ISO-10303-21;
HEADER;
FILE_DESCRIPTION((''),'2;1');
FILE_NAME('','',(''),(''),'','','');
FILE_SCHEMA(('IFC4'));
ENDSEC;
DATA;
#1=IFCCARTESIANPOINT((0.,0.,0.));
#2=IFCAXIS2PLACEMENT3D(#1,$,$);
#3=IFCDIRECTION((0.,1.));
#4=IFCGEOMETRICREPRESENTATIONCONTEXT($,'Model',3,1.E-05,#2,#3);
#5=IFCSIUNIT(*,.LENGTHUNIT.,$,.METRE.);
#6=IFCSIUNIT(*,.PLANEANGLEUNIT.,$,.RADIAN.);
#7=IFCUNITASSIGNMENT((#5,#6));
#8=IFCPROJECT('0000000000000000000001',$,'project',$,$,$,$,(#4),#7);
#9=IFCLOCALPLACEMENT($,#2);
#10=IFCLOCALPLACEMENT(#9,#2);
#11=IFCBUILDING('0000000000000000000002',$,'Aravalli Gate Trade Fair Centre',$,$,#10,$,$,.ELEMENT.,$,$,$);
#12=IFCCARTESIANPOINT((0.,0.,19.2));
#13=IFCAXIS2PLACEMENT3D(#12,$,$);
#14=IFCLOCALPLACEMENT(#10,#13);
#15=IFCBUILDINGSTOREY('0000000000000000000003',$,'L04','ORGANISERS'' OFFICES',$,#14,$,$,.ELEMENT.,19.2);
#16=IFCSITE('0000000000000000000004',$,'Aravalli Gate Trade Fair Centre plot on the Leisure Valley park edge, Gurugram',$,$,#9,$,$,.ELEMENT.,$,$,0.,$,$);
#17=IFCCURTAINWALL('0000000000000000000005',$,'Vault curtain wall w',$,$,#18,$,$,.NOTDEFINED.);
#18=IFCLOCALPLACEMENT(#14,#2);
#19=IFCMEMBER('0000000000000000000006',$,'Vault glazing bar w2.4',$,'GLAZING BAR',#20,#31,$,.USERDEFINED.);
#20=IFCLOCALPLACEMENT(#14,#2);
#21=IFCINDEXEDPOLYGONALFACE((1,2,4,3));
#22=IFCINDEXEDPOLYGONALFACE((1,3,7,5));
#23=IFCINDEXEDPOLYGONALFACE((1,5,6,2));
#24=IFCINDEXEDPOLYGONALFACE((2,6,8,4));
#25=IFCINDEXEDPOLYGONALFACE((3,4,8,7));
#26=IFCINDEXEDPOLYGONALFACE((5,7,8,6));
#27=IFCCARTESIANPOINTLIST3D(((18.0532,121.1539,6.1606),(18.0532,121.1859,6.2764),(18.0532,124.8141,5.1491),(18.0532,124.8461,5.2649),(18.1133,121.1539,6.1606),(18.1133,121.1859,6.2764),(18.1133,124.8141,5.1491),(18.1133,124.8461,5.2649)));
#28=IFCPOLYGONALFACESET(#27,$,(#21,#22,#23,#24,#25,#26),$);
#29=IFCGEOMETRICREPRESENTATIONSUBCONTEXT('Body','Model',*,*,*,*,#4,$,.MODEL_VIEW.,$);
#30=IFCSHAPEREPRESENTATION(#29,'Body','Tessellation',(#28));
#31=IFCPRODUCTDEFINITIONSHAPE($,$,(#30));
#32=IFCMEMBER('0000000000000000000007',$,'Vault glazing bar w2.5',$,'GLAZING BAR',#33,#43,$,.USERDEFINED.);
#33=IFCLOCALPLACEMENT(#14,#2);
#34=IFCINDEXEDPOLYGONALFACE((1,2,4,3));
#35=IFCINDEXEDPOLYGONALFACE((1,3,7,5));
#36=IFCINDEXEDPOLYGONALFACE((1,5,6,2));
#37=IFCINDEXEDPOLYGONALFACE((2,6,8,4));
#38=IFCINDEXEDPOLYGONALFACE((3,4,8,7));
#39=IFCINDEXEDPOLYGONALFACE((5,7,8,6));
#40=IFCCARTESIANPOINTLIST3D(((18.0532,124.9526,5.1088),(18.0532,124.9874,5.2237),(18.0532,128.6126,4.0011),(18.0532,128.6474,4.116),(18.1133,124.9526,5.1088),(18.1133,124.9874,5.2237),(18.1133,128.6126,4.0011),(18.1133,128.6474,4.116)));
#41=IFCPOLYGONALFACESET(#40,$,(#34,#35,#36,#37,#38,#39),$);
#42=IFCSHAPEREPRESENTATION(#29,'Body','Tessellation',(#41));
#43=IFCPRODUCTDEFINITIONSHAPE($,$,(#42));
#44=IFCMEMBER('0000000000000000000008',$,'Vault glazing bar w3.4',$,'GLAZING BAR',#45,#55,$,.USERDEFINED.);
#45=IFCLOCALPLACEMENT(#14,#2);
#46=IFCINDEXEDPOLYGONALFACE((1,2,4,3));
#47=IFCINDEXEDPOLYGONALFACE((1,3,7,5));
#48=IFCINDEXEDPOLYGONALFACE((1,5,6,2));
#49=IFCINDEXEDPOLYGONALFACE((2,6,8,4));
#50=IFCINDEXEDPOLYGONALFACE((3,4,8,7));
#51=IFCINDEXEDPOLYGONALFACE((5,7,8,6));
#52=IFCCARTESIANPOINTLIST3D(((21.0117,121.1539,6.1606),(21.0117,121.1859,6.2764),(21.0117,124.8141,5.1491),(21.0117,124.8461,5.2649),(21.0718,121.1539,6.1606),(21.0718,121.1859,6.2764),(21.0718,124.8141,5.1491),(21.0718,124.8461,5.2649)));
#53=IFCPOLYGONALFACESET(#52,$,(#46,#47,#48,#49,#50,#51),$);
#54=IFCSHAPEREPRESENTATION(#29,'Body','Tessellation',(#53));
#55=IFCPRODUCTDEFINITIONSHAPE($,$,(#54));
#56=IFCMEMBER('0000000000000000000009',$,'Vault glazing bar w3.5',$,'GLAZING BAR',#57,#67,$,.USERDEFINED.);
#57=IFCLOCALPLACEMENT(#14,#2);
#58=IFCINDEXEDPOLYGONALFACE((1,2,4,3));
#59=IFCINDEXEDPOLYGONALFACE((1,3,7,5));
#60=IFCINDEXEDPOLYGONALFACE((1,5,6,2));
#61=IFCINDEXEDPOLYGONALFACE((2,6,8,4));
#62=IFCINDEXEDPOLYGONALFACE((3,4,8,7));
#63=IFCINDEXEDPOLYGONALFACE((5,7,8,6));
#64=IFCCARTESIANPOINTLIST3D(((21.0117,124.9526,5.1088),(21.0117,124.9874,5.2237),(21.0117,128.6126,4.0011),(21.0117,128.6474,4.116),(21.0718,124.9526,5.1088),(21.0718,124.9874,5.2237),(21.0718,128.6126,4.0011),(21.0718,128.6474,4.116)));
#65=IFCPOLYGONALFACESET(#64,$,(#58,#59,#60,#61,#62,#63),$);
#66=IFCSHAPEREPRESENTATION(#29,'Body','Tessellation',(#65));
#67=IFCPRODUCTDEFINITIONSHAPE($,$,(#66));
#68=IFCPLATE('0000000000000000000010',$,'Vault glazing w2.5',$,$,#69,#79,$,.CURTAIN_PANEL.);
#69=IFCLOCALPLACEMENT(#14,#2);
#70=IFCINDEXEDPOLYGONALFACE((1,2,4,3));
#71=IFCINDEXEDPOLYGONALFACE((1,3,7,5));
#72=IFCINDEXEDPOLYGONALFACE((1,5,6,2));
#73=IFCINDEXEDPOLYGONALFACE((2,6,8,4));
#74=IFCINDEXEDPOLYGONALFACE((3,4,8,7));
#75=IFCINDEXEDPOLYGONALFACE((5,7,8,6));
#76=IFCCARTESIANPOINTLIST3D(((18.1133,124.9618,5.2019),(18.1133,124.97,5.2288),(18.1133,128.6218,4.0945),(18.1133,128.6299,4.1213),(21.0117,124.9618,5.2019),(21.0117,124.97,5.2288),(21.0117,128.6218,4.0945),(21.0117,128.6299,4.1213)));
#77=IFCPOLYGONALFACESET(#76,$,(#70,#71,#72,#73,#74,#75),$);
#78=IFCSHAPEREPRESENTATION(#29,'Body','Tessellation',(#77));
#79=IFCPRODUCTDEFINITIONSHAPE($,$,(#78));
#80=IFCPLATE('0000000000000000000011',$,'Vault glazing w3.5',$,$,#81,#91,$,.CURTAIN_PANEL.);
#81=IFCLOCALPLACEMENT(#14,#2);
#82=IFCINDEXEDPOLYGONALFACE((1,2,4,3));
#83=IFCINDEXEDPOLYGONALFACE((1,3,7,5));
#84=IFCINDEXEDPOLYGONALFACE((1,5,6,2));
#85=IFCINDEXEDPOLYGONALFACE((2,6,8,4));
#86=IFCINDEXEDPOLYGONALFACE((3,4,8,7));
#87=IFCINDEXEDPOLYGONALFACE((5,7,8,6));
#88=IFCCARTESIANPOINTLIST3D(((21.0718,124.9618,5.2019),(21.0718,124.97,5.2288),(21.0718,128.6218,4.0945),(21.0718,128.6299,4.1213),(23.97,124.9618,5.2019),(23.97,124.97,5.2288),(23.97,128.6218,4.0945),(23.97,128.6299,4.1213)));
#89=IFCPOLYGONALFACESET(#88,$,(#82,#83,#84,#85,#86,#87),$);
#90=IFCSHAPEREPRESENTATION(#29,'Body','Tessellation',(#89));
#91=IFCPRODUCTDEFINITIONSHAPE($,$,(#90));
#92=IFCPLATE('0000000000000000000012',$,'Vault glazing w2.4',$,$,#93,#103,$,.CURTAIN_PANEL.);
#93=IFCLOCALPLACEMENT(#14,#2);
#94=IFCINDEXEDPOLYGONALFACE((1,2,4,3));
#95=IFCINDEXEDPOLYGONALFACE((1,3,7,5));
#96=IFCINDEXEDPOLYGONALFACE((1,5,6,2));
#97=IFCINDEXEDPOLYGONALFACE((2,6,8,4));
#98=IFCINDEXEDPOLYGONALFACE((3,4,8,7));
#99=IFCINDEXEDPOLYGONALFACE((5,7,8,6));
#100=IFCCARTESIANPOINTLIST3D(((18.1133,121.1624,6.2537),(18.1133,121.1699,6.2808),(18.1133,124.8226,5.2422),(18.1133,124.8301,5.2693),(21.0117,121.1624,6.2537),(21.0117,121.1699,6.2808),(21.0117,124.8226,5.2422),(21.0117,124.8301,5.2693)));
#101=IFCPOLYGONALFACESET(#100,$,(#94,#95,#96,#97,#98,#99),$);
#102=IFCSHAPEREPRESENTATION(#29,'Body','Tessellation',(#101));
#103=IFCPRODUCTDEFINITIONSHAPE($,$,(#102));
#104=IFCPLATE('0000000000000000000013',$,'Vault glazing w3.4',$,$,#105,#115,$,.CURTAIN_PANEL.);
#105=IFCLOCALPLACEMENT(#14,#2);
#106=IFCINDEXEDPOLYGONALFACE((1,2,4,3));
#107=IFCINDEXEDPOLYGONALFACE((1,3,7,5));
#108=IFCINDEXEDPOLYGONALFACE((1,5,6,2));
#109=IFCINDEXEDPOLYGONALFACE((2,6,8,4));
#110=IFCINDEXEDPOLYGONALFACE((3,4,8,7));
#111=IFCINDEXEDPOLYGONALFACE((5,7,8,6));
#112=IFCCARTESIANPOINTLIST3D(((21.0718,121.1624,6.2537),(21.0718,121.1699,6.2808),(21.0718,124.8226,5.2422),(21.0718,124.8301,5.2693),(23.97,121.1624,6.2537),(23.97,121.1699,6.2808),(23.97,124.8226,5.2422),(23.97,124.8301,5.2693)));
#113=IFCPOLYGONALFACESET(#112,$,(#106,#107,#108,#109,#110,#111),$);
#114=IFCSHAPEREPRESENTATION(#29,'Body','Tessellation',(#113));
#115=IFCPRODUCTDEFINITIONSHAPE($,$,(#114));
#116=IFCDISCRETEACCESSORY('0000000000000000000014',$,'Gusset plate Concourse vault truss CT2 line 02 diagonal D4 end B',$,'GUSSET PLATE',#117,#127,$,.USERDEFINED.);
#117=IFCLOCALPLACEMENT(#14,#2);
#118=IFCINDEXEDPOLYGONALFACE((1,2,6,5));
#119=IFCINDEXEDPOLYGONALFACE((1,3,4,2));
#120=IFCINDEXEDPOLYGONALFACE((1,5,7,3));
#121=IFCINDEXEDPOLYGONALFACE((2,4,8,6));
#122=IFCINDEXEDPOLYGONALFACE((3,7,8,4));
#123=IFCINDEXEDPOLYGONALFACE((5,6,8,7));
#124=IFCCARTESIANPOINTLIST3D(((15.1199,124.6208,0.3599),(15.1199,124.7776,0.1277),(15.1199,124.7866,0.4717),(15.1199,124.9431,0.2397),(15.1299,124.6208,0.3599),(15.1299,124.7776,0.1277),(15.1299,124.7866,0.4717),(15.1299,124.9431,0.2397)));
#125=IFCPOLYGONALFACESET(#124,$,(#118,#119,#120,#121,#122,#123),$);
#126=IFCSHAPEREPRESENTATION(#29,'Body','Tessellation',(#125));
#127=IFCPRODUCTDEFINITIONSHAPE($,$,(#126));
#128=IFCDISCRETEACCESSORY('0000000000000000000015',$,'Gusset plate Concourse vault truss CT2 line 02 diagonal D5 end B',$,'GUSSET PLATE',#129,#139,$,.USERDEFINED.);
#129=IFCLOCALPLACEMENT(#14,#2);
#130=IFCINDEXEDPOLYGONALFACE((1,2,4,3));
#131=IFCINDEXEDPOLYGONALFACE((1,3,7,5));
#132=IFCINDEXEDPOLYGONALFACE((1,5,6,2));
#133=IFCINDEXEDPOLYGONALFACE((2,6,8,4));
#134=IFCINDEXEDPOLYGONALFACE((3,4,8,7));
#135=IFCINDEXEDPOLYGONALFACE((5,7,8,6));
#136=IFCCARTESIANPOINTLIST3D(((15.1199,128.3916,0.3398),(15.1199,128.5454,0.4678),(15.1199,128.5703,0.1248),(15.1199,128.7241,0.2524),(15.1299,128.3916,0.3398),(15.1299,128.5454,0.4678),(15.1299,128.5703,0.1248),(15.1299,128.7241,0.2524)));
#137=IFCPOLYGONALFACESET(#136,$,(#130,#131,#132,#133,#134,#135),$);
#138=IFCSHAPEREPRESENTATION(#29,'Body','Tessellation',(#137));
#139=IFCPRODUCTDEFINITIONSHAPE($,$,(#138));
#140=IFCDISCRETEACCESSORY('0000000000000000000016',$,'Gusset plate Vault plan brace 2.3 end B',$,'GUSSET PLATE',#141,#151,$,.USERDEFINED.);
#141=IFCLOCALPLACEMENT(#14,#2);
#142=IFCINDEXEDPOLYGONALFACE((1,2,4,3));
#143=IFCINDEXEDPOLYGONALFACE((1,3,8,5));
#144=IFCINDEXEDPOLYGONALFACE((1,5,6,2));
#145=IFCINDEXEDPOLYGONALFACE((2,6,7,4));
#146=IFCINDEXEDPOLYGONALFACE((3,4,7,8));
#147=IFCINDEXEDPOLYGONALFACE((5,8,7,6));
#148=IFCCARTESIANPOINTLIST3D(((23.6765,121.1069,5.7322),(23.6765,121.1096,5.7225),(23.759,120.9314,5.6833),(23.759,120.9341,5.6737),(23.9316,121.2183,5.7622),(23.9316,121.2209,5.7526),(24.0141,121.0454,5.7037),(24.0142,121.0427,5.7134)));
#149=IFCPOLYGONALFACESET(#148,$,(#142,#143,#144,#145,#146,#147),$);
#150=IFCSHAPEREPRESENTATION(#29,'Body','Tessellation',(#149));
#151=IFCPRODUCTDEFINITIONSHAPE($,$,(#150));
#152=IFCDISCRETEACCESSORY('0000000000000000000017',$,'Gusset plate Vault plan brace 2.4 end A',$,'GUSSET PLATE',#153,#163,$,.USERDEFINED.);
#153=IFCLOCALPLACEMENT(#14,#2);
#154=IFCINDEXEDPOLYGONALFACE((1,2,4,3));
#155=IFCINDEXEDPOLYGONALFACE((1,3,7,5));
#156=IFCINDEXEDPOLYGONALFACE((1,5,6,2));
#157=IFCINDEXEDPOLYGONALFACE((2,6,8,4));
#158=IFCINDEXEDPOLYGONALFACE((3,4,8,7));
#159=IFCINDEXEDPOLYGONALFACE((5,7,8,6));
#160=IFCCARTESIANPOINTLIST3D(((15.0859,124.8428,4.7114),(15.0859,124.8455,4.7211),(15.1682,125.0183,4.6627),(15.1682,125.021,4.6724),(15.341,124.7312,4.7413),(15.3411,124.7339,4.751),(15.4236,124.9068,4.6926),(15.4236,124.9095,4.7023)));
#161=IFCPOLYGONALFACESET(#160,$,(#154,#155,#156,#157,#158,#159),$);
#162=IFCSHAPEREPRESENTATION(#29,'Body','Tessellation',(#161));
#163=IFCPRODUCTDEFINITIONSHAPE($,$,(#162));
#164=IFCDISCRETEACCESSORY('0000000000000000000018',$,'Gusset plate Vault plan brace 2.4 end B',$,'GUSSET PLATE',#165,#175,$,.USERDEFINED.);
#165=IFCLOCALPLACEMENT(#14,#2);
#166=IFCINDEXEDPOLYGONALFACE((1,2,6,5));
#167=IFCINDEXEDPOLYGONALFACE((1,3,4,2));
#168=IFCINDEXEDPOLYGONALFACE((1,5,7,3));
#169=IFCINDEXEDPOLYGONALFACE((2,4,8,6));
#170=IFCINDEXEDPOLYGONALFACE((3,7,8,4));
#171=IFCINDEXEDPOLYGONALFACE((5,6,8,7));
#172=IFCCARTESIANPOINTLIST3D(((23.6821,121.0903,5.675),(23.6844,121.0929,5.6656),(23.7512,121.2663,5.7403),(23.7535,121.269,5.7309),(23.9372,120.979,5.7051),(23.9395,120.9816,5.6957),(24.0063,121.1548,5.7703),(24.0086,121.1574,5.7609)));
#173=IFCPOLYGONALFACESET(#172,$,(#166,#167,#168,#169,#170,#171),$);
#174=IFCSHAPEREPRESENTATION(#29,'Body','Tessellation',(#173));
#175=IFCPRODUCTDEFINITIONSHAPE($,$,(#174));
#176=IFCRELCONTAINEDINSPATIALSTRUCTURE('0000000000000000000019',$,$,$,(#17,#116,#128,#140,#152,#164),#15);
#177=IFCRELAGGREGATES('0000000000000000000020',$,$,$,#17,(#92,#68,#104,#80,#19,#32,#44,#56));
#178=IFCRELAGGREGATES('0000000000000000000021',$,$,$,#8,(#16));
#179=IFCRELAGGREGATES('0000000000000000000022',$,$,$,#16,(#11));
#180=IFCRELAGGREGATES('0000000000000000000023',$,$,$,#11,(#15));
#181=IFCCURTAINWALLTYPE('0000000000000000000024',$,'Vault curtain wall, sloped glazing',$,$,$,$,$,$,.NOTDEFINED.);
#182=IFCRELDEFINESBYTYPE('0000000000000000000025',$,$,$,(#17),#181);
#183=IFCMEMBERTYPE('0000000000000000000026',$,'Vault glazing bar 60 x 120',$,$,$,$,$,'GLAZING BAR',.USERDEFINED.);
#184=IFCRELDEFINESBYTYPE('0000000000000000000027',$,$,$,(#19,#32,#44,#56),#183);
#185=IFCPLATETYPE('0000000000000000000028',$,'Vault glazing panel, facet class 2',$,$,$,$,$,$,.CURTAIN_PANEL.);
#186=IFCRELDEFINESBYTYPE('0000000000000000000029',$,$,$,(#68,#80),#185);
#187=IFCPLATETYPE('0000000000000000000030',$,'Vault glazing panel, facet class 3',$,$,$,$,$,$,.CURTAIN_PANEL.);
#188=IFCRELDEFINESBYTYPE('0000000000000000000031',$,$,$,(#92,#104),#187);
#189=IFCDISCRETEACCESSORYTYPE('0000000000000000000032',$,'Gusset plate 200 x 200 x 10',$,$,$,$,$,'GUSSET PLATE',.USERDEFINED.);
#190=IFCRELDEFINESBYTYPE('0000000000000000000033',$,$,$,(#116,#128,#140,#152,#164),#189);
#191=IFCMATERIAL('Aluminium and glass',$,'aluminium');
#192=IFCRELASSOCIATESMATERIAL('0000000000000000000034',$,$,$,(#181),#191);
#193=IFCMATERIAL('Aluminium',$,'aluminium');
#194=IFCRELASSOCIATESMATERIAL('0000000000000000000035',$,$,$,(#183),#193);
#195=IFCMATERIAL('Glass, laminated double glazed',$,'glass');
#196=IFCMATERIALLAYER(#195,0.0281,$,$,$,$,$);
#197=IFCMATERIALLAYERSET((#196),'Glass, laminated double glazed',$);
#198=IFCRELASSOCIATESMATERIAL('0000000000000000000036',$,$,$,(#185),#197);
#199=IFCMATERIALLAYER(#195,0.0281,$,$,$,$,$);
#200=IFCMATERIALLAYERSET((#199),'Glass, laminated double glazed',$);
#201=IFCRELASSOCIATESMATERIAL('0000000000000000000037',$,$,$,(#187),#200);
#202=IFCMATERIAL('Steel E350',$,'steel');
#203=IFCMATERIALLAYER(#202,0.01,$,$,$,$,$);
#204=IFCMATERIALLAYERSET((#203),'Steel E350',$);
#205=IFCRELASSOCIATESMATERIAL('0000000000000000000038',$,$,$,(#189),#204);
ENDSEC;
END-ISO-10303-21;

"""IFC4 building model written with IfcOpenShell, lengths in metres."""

from ifc_helpers import new_model, si_unit, direction, frame, origin, origin_2d, place, context, subcontext, project, spatial, polyline, rectangle, outline, extrude, material, layer, layer_set, material_profile, profile_set, type_object, element, aggregate, save


model = new_model("IFC4")

# Units and contexts
model_context = context("Model", 3, precision=1e-05, world=origin(), true_north=direction((0.0, 1.0)))
body_context = subcontext(model_context, "Body", "Model", "MODEL_VIEW")
ifc_project = project(units=[si_unit("LENGTHUNIT", "METRE"), si_unit("PLANEANGLEUNIT", "RADIAN")], contexts=[model_context])

# Site, building, storey
site_placement = place(None, origin())
site = spatial("IfcSite", under=ifc_project, at=site_placement, Name="Aravalli Gate Trade Fair Centre plot on the Leisure Valley park edge, Gurugram", CompositionType="ELEMENT", RefElevation=0.0)
building_placement = place(site_placement, origin())
building = spatial("IfcBuilding", under=site, at=building_placement, Name="Aravalli Gate Trade Fair Centre", CompositionType="ELEMENT")
storey_placement = place(building_placement, frame((0.0, 0.0, 19.2)))
storey = spatial("IfcBuildingStorey", under=building, at=storey_placement, Name="L04", Description="ORGANISERS' OFFICES", CompositionType="ELEMENT", Elevation=19.2)

# Shared definitions
ifc_material_1 = material(Name="Steel E350", Category="steel")
ifc_material_2 = material(Name="Aluminium", Category="aluminium")

# Curtain wall, members, plates
ifc_material_3 = material(Name="Aluminium and glass", Category="aluminium")
curtain_wall_type = type_object("IfcCurtainWallType", Name="Vault curtain wall, sloped glazing", PredefinedType="NOTDEFINED", material=ifc_material_3)
curtain_wall_placement = place(storey_placement, origin())
curtain_wall = element("IfcCurtainWall", 1, at=curtain_wall_placement, inside=storey, type_object=curtain_wall_type, Name="Vault curtain wall w", PredefinedType="NOTDEFINED")
ifc_material_profile_1 = material_profile(ifc_material_2, rectangle(XDim=0.0601, YDim=0.1201, at=origin_2d()), Name="Vault glazing bar 60 x 120")
ifc_profile_set_1 = profile_set([ifc_material_profile_1], Name="Aluminium")
member_type_1 = type_object("IfcMemberType", Name="Vault glazing bar 60 x 120", ElementType="GLAZING BAR", PredefinedType="USERDEFINED", material=ifc_profile_set_1)
member_1_placement = place(storey_placement, frame((18.0833, 121.1699, 6.2185), z_axis=(0.0, 0.963873, -0.266364), x_axis=(-1.0, 0.0, 0.0)))
member_1 = element("IfcMember", 2, at=member_1_placement, type_object=member_type_1, Name="Vault glazing bar w2.4", ObjectType="GLAZING BAR", PredefinedType="USERDEFINED", context=body_context, shape_type="SweptSolid", body=[
    extrude(rectangle(XDim=0.0601, YDim=0.1201, at=origin_2d()), origin(), (0.0, 0.0, 1.0), 3.7974),
])
member_2_placement = place(storey_placement, frame((18.0833, 124.97, 5.1663), z_axis=(0.0, 0.957126, -0.289672), x_axis=(-1.0, 0.0, 0.0)))
member_2 = element("IfcMember", 3, at=member_2_placement, type_object=member_type_1, Name="Vault glazing bar w2.5", ObjectType="GLAZING BAR", PredefinedType="USERDEFINED", context=body_context, shape_type="SweptSolid", body=[
    extrude(rectangle(XDim=0.0601, YDim=0.1201, at=origin_2d()), origin(), (0.0, 0.0, 1.0), 3.824),
])
member_3_placement = place(storey_placement, frame((21.0417, 121.1699, 6.2185), z_axis=(0.0, 0.963873, -0.266364), x_axis=(-1.0, 0.0, 0.0)))
member_3 = element("IfcMember", 4, at=member_3_placement, type_object=member_type_1, Name="Vault glazing bar w3.4", ObjectType="GLAZING BAR", PredefinedType="USERDEFINED", context=body_context, shape_type="SweptSolid", body=[
    extrude(rectangle(XDim=0.0601, YDim=0.1201, at=origin_2d()), origin(), (0.0, 0.0, 1.0), 3.7974),
])
member_4_placement = place(storey_placement, frame((21.0417, 124.97, 5.1663), z_axis=(0.0, 0.957126, -0.289672), x_axis=(-1.0, 0.0, 0.0)))
member_4 = element("IfcMember", 5, at=member_4_placement, type_object=member_type_1, Name="Vault glazing bar w3.5", ObjectType="GLAZING BAR", PredefinedType="USERDEFINED", context=body_context, shape_type="SweptSolid", body=[
    extrude(rectangle(XDim=0.0601, YDim=0.1201, at=origin_2d()), origin(), (0.0, 0.0, 1.0), 3.824),
])
ifc_material_4 = material(Name="Glass, laminated double glazed", Category="glass")
ifc_layer_1 = layer(ifc_material_4, 0.0281)
ifc_layer_set_1 = layer_set([ifc_layer_1], Name="Glass, laminated double glazed")
plate_type_1 = type_object("IfcPlateType", Name="Vault glazing panel, facet class 2", PredefinedType="CURTAIN_PANEL", material=ifc_layer_set_1)
plate_1_placement = place(storey_placement, frame((18.1133, 124.97, 5.2288), z_axis=(0.0, 0.289614, 0.957144), x_axis=(1.0, 0.0, 0.0)))
plate_1 = element("IfcPlate", 6, at=plate_1_placement, type_object=plate_type_1, Name="Vault glazing w2.5", PredefinedType="CURTAIN_PANEL", context=body_context, shape_type="SweptSolid", body=[
    extrude(outline(polyline([(0.0, 0.0), (2.8984, 0.0), (2.8984, 3.8238), (0.0, 3.8238), (0.0, 0.0)])), origin(), (0.0, 0.0, -1.0), 0.0281),
])
plate_2_placement = place(storey_placement, frame((21.0718, 124.97, 5.2288), z_axis=(0.0, 0.289614, 0.957144), x_axis=(1.0, 0.0, 0.0)))
plate_2 = element("IfcPlate", 7, at=plate_2_placement, type_object=plate_type_1, Name="Vault glazing w3.5", PredefinedType="CURTAIN_PANEL", context=body_context, shape_type="SweptSolid", body=[
    extrude(outline(polyline([(0.0, 0.0), (2.8982, 0.0), (2.8982, 3.8238), (0.0, 3.8238), (0.0, 0.0)])), origin(), (0.0, 0.0, -1.0), 0.0281),
])
ifc_layer_2 = layer(ifc_material_4, 0.0281)
ifc_layer_set_2 = layer_set([ifc_layer_2], Name="Glass, laminated double glazed")
plate_type_2 = type_object("IfcPlateType", Name="Vault glazing panel, facet class 3", PredefinedType="CURTAIN_PANEL", material=ifc_layer_set_2)
plate_3_placement = place(storey_placement, frame((18.1133, 121.1699, 6.2808), z_axis=(0.0, 0.266364, 0.963873), x_axis=(1.0, 0.0, 0.0)))
plate_3 = element("IfcPlate", 8, at=plate_3_placement, type_object=plate_type_2, Name="Vault glazing w2.4", PredefinedType="CURTAIN_PANEL", context=body_context, shape_type="SweptSolid", body=[
    extrude(outline(polyline([(0.0, 0.0), (2.8984, 0.0), (2.8984, 3.7973), (0.0, 3.7973), (0.0, 0.0)])), origin(), (0.0, 0.0, -1.0), 0.0281),
])
plate_4_placement = place(storey_placement, frame((21.0718, 121.1699, 6.2808), z_axis=(0.0, 0.266364, 0.963873), x_axis=(1.0, 0.0, 0.0)))
plate_4 = element("IfcPlate", 9, at=plate_4_placement, type_object=plate_type_2, Name="Vault glazing w3.4", PredefinedType="CURTAIN_PANEL", context=body_context, shape_type="SweptSolid", body=[
    extrude(outline(polyline([(0.0, 0.0), (2.8982, 0.0), (2.8982, 3.7973), (0.0, 3.7973), (0.0, 0.0)])), origin(), (0.0, 0.0, -1.0), 0.0281),
])
aggregate(curtain_wall, [plate_3, plate_1, plate_4, plate_2, member_1, member_2, member_3, member_4])

# Discrete accessories
ifc_layer_3 = layer(ifc_material_1, 0.01)
ifc_layer_set_3 = layer_set([ifc_layer_3], Name="Steel E350")
discrete_accessory_type = type_object("IfcDiscreteAccessoryType", Name="Gusset plate 200 x 200 x 10", ElementType="GUSSET PLATE", PredefinedType="USERDEFINED", material=ifc_layer_set_3)
discrete_accessory_1_placement = place(storey_placement, frame((15.1299, 124.6208, 0.3599), z_axis=(1.0, 0.0, 0.0), x_axis=(0.0, 0.559518, -0.828818)))
element("IfcDiscreteAccessory", 10, at=discrete_accessory_1_placement, inside=storey, type_object=discrete_accessory_type, Name="Gusset plate Concourse vault truss CT2 line 02 diagonal D4 end B", ObjectType="GUSSET PLATE", PredefinedType="USERDEFINED", context=body_context, shape_type="SweptSolid", body=[
    extrude(outline(polyline([(0.0, 0.0), (0.2801, 0.0), (0.2799, 0.1999), (0.0001, 0.2), (0.0, 0.0)])), origin(), (0.0, 0.0, -1.0), 0.01),
])
discrete_accessory_2_placement = place(storey_placement, frame((15.1299, 128.3916, 0.3398), z_axis=(1.0, 0.0, 0.0), x_axis=(0.0, 0.639067, -0.769151)))
element("IfcDiscreteAccessory", 11, at=discrete_accessory_2_placement, inside=storey, type_object=discrete_accessory_type, Name="Gusset plate Concourse vault truss CT2 line 02 diagonal D5 end B", ObjectType="GUSSET PLATE", PredefinedType="USERDEFINED", context=body_context, shape_type="SweptSolid", body=[
    extrude(outline(polyline([(0.0, 0.0), (0.2796, 0.0), (0.2797, 0.1999), (-0.0001, 0.2001), (0.0, 0.0)])), origin(), (0.0, 0.0, -1.0), 0.01),
])
discrete_accessory_3_placement = place(storey_placement, frame((23.759, 120.9314, 5.6833), z_axis=(0.002941, -0.266705, 0.963774), x_axis=(0.911252, 0.397637, 0.107257)))
element("IfcDiscreteAccessory", 12, at=discrete_accessory_3_placement, inside=storey, type_object=discrete_accessory_type, Name="Gusset plate Vault plan brace 2.3 end B", ObjectType="GUSSET PLATE", PredefinedType="USERDEFINED", context=body_context, shape_type="SweptSolid", body=[
    extrude(outline(polyline([(0.0, 0.0), (0.28, 0.0), (0.2798, 0.2), (-0.0002, 0.2), (0.0, 0.0)])), origin(), (0.0, 0.0, -1.0), 0.01),
])
discrete_accessory_4_placement = place(storey_placement, frame((15.3411, 124.7339, 4.751), z_axis=(0.003292, 0.265931, 0.963987), x_axis=(-0.910935, 0.398482, -0.106817)))
element("IfcDiscreteAccessory", 13, at=discrete_accessory_4_placement, inside=storey, type_object=discrete_accessory_type, Name="Gusset plate Vault plan brace 2.4 end A", ObjectType="GUSSET PLATE", PredefinedType="USERDEFINED", context=body_context, shape_type="SweptSolid", body=[
    extrude(outline(polyline([(0.0, 0.0), (0.2801, 0.0), (0.2803, -0.1999), (0.0, -0.2), (0.0, 0.0)])), origin(), (0.0, 0.0, -1.0), 0.01),
])
discrete_accessory_5_placement = place(storey_placement, frame((23.6821, 121.0903, 5.675), z_axis=(-0.224138, -0.260019, 0.93923), x_axis=(0.911227, -0.397667, 0.107364)))
element("IfcDiscreteAccessory", 14, at=discrete_accessory_5_placement, inside=storey, type_object=discrete_accessory_type, Name="Gusset plate Vault plan brace 2.4 end B", ObjectType="GUSSET PLATE", PredefinedType="USERDEFINED", context=body_context, shape_type="SweptSolid", body=[
    extrude(outline(polyline([(0.0, 0.0), (0.28, 0.0), (0.28, 0.1998), (0.0, 0.2), (0.0, 0.0)])), origin(), (0.0, 0.0, -1.0), 0.01),
])

save(model, "model.ifc")
